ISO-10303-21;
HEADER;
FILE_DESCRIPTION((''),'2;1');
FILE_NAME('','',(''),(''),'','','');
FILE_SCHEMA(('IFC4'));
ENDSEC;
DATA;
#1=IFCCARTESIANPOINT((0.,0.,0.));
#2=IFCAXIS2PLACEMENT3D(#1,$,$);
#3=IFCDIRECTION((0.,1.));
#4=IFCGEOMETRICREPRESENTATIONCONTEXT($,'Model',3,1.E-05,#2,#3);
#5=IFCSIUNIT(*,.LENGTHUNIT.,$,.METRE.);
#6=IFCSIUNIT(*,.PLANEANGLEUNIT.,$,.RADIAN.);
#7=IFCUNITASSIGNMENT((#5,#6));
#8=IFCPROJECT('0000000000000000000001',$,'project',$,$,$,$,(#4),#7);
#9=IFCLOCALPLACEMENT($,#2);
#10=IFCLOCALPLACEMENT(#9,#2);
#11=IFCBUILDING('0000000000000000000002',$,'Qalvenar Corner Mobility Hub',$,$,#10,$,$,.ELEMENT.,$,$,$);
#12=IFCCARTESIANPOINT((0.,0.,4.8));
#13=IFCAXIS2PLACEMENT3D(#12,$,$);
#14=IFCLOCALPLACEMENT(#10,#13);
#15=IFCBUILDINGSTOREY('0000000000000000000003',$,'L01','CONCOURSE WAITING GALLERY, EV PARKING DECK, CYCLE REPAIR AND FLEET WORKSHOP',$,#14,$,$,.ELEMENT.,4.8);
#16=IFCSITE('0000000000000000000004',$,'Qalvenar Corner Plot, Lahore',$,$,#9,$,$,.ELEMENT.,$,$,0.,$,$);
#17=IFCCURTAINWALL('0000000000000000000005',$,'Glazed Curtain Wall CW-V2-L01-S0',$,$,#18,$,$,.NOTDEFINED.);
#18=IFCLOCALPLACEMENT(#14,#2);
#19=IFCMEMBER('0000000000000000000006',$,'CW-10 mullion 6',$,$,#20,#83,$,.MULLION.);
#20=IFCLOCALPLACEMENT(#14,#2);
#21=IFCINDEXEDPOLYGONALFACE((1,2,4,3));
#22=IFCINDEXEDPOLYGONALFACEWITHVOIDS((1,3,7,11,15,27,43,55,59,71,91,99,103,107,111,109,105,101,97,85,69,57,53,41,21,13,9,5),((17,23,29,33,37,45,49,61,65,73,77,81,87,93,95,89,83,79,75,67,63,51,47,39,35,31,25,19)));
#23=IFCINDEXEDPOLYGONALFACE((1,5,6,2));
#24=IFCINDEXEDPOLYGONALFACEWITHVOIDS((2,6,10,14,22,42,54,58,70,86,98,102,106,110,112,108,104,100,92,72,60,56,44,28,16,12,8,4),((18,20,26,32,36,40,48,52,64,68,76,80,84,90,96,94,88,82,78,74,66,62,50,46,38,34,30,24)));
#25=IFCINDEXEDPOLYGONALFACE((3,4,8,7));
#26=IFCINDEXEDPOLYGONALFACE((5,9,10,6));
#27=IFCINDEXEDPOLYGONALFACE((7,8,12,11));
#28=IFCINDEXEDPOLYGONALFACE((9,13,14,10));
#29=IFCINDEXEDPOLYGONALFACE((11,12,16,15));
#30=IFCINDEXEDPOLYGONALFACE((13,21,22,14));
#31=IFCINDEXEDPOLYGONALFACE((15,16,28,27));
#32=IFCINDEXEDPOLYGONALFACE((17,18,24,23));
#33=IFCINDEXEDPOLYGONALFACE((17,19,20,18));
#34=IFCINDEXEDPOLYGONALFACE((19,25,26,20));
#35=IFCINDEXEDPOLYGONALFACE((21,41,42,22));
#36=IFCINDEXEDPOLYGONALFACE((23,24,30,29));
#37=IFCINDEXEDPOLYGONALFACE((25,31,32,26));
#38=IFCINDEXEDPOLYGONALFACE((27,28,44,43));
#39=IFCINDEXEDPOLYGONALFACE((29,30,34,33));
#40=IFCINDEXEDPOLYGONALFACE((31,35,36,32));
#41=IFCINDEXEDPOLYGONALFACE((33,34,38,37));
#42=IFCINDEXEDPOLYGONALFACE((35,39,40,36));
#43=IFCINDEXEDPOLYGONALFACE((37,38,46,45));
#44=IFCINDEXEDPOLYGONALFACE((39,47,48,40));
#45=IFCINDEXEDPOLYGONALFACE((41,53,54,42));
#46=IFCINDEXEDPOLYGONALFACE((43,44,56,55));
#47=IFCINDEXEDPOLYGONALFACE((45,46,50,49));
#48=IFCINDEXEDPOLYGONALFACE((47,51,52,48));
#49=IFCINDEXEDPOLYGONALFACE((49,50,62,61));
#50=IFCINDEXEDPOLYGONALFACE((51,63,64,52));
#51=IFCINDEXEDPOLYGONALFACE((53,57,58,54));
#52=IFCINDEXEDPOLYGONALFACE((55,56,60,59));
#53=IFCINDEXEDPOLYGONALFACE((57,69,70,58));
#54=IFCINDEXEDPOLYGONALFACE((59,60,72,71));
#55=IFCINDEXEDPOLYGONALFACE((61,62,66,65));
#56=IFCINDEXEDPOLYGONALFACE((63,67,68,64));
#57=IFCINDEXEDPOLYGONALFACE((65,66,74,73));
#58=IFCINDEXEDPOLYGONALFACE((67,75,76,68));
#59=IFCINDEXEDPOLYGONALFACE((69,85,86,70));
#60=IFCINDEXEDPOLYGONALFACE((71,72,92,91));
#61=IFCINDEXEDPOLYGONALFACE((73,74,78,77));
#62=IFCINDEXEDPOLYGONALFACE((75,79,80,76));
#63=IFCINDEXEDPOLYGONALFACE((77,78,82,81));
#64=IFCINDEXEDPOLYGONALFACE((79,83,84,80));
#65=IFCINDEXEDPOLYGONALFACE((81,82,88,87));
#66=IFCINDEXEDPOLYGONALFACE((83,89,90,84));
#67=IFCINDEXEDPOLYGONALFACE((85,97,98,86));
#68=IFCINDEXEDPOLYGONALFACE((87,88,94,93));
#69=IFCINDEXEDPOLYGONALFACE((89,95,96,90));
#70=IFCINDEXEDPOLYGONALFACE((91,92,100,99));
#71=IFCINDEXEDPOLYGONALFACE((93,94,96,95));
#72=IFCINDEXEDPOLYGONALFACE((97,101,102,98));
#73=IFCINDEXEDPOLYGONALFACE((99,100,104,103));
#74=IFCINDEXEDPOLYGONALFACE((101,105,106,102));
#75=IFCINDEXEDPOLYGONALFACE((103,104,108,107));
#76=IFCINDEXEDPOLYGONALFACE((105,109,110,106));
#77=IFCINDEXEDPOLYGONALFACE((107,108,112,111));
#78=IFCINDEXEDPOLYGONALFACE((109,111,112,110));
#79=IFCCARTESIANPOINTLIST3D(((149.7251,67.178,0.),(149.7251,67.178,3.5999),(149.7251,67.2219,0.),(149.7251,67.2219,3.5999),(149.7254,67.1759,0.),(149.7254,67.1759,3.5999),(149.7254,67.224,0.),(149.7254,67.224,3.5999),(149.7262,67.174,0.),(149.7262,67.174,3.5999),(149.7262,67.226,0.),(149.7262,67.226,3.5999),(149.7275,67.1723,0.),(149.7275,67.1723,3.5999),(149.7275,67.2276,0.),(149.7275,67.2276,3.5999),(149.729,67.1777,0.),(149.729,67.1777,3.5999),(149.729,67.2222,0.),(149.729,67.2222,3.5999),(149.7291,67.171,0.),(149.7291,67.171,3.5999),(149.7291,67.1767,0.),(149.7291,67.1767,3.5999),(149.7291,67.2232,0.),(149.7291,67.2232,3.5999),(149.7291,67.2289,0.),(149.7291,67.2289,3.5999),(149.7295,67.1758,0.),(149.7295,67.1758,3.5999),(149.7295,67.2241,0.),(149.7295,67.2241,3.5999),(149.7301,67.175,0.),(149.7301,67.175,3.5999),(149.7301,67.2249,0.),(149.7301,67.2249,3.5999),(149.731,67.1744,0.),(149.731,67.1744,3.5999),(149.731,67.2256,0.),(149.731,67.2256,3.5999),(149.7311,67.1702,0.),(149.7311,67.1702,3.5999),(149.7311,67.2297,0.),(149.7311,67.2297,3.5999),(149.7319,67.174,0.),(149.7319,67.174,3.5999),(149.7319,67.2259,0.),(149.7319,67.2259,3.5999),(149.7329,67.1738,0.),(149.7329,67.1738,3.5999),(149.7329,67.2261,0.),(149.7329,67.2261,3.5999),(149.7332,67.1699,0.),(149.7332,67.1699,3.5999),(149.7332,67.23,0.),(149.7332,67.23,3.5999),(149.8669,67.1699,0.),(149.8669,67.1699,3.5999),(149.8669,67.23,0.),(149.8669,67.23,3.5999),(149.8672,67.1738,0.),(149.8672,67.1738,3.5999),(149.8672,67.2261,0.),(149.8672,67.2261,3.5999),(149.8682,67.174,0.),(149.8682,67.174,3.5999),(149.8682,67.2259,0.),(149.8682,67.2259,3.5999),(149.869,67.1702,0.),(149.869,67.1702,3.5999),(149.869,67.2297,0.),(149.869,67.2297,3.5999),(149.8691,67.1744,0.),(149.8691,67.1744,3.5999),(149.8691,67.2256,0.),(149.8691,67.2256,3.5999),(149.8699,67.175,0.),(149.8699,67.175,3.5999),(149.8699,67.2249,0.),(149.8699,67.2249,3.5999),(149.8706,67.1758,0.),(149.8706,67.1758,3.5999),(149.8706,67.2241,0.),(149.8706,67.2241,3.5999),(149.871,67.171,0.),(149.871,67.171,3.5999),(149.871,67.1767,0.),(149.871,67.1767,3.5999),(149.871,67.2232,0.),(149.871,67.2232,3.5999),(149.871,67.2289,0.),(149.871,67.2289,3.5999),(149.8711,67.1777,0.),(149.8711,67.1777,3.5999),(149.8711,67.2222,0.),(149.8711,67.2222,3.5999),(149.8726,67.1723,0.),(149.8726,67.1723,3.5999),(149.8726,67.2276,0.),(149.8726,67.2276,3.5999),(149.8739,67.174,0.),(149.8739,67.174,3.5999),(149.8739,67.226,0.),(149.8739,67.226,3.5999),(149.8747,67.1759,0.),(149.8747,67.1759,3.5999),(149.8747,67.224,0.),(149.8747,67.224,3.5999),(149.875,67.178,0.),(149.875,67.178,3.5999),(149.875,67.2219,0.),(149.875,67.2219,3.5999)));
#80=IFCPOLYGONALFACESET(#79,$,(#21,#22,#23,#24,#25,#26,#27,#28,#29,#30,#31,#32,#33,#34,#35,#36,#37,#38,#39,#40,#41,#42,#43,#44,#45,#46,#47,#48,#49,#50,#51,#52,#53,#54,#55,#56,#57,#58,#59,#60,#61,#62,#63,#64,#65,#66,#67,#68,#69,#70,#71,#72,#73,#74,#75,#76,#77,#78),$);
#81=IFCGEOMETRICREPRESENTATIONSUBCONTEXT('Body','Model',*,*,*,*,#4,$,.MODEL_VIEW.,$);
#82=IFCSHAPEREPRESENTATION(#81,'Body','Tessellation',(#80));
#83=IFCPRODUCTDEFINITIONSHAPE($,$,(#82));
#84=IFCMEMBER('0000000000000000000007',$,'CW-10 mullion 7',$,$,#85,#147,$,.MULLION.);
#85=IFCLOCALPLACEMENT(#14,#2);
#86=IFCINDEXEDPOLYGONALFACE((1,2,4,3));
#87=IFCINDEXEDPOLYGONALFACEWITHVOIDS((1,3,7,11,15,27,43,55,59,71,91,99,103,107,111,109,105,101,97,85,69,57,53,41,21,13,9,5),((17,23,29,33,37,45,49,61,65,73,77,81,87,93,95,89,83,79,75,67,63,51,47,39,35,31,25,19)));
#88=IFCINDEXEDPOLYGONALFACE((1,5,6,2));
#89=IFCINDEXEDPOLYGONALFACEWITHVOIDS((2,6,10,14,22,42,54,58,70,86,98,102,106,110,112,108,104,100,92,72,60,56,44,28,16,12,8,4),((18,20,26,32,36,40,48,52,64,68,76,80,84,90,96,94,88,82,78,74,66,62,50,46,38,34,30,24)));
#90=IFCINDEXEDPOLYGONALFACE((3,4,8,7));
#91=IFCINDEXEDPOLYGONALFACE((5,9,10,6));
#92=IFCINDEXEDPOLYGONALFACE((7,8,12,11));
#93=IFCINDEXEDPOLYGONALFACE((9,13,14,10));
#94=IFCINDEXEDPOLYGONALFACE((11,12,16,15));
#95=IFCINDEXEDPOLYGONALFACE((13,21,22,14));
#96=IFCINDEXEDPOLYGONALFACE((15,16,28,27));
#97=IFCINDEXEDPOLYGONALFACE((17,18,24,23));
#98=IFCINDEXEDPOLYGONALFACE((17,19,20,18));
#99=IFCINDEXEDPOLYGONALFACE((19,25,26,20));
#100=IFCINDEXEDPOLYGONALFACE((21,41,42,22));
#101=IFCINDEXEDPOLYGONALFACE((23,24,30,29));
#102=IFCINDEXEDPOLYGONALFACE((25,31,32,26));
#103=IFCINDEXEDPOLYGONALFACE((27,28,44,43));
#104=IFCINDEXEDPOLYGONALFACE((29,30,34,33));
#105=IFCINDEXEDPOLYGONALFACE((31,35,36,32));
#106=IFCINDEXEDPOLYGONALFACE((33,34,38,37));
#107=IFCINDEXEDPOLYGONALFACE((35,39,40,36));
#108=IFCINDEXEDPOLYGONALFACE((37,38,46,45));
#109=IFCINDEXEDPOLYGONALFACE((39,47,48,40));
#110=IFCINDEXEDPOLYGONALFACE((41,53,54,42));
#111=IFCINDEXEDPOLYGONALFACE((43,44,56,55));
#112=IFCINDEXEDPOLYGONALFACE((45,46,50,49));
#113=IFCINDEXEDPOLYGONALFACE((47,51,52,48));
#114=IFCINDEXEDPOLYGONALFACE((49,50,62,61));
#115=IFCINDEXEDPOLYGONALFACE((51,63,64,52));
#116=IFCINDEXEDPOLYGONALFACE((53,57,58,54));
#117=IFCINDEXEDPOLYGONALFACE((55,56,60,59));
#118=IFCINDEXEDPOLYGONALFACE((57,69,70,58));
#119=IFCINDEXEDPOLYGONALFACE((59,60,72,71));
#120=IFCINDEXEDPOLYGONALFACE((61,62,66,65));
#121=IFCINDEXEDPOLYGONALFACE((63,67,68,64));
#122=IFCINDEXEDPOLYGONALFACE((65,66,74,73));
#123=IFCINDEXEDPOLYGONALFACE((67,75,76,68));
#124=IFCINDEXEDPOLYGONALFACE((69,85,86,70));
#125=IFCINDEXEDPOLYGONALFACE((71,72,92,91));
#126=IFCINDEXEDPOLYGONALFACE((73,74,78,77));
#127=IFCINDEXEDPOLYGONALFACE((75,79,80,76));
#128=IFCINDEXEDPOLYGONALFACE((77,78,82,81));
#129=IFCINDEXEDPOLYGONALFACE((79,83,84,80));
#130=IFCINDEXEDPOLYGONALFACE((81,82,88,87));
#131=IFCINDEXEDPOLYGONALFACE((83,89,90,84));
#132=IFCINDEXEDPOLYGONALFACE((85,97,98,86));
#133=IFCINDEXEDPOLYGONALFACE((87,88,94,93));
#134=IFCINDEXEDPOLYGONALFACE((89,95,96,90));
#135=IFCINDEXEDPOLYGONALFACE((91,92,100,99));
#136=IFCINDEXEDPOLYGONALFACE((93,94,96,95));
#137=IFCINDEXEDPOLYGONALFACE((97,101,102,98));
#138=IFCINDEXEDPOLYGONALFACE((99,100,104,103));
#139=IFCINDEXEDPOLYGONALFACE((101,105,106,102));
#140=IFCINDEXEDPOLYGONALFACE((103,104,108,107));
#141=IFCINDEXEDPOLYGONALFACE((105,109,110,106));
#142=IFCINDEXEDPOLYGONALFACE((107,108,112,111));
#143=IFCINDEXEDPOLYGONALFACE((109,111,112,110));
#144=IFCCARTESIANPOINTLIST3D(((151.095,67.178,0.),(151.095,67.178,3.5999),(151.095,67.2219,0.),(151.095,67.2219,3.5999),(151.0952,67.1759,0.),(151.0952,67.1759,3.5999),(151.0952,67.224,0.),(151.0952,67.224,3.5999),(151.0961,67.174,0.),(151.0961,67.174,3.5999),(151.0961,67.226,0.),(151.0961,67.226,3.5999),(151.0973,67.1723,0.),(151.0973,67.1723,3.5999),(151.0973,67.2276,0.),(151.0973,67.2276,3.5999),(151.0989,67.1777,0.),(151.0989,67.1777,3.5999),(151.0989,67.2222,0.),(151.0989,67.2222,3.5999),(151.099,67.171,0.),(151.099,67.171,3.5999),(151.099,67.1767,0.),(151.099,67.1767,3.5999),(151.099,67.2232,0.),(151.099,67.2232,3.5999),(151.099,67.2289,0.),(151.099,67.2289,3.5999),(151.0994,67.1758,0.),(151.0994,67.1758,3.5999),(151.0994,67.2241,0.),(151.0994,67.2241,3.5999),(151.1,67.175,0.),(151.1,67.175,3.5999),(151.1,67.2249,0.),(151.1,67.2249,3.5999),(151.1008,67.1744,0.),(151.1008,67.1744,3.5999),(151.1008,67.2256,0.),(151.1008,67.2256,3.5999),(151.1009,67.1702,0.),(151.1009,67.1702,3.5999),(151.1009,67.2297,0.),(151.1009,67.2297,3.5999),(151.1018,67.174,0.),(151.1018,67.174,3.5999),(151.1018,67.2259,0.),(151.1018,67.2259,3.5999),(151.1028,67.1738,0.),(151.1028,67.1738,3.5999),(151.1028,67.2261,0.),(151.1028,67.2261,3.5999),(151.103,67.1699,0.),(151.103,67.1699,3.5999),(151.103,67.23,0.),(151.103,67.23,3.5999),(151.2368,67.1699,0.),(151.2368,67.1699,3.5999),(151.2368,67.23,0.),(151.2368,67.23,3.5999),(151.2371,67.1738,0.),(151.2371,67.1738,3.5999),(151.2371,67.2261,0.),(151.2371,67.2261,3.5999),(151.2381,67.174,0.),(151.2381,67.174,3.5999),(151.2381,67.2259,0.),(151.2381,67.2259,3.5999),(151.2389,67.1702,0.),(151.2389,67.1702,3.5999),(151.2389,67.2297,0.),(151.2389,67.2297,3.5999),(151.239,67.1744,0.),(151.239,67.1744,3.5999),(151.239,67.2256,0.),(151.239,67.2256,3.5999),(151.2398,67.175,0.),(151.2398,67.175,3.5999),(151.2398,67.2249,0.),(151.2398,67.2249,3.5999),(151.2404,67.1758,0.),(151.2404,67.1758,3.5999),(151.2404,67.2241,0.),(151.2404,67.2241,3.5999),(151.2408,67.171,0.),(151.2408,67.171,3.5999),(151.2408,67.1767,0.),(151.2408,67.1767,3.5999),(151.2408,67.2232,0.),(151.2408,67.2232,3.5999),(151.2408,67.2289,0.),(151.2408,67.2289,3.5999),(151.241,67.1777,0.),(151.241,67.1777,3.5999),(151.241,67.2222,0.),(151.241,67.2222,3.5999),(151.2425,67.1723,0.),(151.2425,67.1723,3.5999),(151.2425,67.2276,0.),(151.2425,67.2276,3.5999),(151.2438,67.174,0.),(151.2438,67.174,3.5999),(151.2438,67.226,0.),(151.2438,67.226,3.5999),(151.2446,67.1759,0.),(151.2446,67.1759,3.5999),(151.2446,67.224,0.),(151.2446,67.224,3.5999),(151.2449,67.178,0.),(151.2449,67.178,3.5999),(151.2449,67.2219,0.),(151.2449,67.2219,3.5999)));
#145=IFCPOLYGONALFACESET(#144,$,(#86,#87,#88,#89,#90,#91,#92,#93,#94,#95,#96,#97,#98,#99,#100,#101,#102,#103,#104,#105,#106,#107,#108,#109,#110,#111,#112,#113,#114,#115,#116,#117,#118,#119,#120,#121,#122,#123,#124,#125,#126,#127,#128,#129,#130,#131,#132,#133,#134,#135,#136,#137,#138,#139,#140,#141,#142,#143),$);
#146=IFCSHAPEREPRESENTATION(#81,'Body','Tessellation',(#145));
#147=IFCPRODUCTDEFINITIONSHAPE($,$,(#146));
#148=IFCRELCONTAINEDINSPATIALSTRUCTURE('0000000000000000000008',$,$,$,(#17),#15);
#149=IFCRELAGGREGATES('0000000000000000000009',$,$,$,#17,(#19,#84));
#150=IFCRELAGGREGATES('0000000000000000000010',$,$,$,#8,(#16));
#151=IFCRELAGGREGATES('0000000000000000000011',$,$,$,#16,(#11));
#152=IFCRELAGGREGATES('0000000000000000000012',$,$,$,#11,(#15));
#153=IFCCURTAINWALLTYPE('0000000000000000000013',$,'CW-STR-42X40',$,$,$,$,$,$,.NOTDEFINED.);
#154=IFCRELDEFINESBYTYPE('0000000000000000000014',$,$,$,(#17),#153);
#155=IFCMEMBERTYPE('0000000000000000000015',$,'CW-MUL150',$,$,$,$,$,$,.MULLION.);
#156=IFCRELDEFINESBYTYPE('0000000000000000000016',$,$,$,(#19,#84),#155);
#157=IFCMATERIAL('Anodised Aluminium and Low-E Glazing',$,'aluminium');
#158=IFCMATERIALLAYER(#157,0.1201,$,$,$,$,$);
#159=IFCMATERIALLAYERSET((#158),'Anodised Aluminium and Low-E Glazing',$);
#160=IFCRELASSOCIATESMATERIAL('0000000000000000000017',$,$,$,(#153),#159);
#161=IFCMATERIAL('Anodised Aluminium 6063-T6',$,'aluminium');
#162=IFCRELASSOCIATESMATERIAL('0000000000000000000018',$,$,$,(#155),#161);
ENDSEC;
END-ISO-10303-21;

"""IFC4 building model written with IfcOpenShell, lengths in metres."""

from ifc_helpers import new_model, si_unit, direction, frame, origin, origin_2d, place, context, subcontext, project, spatial, hollow_rectangle, extrude, material, layer, layer_set, material_profile, profile_set, type_object, element, aggregate, save


model = new_model("IFC4")

# Units and contexts
model_context = context("Model", 3, precision=1e-05, world=origin(), true_north=direction((0.0, 1.0)))
body_context = subcontext(model_context, "Body", "Model", "MODEL_VIEW")
ifc_project = project(units=[si_unit("LENGTHUNIT", "METRE"), si_unit("PLANEANGLEUNIT", "RADIAN")], contexts=[model_context])

# Site, building, storey
site_placement = place(None, origin())
site = spatial("IfcSite", under=ifc_project, at=site_placement, Name="Qalvenar Corner Plot, Lahore", CompositionType="ELEMENT", RefElevation=0.0)
building_placement = place(site_placement, origin())
building = spatial("IfcBuilding", under=site, at=building_placement, Name="Qalvenar Corner Mobility Hub", CompositionType="ELEMENT")
storey_placement = place(building_placement, frame((0.0, 0.0, 4.8)))
storey = spatial("IfcBuildingStorey", under=building, at=storey_placement, Name="L01", Description="CONCOURSE WAITING GALLERY, EV PARKING DECK, CYCLE REPAIR AND FLEET WORKSHOP", CompositionType="ELEMENT", Elevation=4.8)

# Curtain wall, members
ifc_material_1 = material(Name="Anodised Aluminium and Low-E Glazing", Category="aluminium")
ifc_layer_1 = layer(ifc_material_1, 0.1201)
ifc_layer_set_1 = layer_set([ifc_layer_1], Name="Anodised Aluminium and Low-E Glazing")
curtain_wall_type = type_object("IfcCurtainWallType", Name="CW-STR-42X40", PredefinedType="NOTDEFINED", material=ifc_layer_set_1)
curtain_wall_1_placement = place(storey_placement, origin())
curtain_wall_1 = element("IfcCurtainWall", 1, at=curtain_wall_1_placement, inside=storey, type_object=curtain_wall_type, Name="Glazed Curtain Wall CW-V2-L01-S0", PredefinedType="NOTDEFINED")
ifc_material_2 = material(Name="Anodised Aluminium 6063-T6", Category="aluminium")
ifc_material_profile_1 = material_profile(ifc_material_2, hollow_rectangle(XDim=0.0601, YDim=0.1499, WallThickness=0.0039, InnerFilletRadius=0.0039, OuterFilletRadius=0.0081, at=origin_2d()), Name="RHS150x60x4")
ifc_profile_set_1 = profile_set([ifc_material_profile_1], Name="Anodised Aluminium 6063-T6")
member_type_1 = type_object("IfcMemberType", Name="CW-MUL150", PredefinedType="MULLION", material=ifc_profile_set_1)
member_1_placement = place(storey_placement, frame((149.8, 67.2, 0.0), z_axis=(0.0, 0.0, 1.0), x_axis=(0.0, 1.0, 0.0)))
member_1 = element("IfcMember", 2, at=member_1_placement, type_object=member_type_1, Name="CW-10 mullion 6", PredefinedType="MULLION", context=body_context, shape_type="SweptSolid", body=[
    extrude(hollow_rectangle(XDim=0.0601, YDim=0.1499, WallThickness=0.0039, InnerFilletRadius=0.0039, OuterFilletRadius=0.0081, at=origin_2d()), origin(), (0.0, 0.0, 1.0), 3.5999),
])
member_2_placement = place(storey_placement, frame((151.1699, 67.2, 0.0), z_axis=(0.0, 0.0, 1.0), x_axis=(0.0, 1.0, 0.0)))
member_2 = element("IfcMember", 3, at=member_2_placement, type_object=member_type_1, Name="CW-10 mullion 7", PredefinedType="MULLION", context=body_context, shape_type="SweptSolid", body=[
    extrude(hollow_rectangle(XDim=0.0601, YDim=0.1499, WallThickness=0.0039, InnerFilletRadius=0.0039, OuterFilletRadius=0.0081, at=origin_2d()), origin(), (0.0, 0.0, 1.0), 3.5999),
])

aggregate(curtain_wall_1, [member_1, member_2])

save(model, "model.ifc")
